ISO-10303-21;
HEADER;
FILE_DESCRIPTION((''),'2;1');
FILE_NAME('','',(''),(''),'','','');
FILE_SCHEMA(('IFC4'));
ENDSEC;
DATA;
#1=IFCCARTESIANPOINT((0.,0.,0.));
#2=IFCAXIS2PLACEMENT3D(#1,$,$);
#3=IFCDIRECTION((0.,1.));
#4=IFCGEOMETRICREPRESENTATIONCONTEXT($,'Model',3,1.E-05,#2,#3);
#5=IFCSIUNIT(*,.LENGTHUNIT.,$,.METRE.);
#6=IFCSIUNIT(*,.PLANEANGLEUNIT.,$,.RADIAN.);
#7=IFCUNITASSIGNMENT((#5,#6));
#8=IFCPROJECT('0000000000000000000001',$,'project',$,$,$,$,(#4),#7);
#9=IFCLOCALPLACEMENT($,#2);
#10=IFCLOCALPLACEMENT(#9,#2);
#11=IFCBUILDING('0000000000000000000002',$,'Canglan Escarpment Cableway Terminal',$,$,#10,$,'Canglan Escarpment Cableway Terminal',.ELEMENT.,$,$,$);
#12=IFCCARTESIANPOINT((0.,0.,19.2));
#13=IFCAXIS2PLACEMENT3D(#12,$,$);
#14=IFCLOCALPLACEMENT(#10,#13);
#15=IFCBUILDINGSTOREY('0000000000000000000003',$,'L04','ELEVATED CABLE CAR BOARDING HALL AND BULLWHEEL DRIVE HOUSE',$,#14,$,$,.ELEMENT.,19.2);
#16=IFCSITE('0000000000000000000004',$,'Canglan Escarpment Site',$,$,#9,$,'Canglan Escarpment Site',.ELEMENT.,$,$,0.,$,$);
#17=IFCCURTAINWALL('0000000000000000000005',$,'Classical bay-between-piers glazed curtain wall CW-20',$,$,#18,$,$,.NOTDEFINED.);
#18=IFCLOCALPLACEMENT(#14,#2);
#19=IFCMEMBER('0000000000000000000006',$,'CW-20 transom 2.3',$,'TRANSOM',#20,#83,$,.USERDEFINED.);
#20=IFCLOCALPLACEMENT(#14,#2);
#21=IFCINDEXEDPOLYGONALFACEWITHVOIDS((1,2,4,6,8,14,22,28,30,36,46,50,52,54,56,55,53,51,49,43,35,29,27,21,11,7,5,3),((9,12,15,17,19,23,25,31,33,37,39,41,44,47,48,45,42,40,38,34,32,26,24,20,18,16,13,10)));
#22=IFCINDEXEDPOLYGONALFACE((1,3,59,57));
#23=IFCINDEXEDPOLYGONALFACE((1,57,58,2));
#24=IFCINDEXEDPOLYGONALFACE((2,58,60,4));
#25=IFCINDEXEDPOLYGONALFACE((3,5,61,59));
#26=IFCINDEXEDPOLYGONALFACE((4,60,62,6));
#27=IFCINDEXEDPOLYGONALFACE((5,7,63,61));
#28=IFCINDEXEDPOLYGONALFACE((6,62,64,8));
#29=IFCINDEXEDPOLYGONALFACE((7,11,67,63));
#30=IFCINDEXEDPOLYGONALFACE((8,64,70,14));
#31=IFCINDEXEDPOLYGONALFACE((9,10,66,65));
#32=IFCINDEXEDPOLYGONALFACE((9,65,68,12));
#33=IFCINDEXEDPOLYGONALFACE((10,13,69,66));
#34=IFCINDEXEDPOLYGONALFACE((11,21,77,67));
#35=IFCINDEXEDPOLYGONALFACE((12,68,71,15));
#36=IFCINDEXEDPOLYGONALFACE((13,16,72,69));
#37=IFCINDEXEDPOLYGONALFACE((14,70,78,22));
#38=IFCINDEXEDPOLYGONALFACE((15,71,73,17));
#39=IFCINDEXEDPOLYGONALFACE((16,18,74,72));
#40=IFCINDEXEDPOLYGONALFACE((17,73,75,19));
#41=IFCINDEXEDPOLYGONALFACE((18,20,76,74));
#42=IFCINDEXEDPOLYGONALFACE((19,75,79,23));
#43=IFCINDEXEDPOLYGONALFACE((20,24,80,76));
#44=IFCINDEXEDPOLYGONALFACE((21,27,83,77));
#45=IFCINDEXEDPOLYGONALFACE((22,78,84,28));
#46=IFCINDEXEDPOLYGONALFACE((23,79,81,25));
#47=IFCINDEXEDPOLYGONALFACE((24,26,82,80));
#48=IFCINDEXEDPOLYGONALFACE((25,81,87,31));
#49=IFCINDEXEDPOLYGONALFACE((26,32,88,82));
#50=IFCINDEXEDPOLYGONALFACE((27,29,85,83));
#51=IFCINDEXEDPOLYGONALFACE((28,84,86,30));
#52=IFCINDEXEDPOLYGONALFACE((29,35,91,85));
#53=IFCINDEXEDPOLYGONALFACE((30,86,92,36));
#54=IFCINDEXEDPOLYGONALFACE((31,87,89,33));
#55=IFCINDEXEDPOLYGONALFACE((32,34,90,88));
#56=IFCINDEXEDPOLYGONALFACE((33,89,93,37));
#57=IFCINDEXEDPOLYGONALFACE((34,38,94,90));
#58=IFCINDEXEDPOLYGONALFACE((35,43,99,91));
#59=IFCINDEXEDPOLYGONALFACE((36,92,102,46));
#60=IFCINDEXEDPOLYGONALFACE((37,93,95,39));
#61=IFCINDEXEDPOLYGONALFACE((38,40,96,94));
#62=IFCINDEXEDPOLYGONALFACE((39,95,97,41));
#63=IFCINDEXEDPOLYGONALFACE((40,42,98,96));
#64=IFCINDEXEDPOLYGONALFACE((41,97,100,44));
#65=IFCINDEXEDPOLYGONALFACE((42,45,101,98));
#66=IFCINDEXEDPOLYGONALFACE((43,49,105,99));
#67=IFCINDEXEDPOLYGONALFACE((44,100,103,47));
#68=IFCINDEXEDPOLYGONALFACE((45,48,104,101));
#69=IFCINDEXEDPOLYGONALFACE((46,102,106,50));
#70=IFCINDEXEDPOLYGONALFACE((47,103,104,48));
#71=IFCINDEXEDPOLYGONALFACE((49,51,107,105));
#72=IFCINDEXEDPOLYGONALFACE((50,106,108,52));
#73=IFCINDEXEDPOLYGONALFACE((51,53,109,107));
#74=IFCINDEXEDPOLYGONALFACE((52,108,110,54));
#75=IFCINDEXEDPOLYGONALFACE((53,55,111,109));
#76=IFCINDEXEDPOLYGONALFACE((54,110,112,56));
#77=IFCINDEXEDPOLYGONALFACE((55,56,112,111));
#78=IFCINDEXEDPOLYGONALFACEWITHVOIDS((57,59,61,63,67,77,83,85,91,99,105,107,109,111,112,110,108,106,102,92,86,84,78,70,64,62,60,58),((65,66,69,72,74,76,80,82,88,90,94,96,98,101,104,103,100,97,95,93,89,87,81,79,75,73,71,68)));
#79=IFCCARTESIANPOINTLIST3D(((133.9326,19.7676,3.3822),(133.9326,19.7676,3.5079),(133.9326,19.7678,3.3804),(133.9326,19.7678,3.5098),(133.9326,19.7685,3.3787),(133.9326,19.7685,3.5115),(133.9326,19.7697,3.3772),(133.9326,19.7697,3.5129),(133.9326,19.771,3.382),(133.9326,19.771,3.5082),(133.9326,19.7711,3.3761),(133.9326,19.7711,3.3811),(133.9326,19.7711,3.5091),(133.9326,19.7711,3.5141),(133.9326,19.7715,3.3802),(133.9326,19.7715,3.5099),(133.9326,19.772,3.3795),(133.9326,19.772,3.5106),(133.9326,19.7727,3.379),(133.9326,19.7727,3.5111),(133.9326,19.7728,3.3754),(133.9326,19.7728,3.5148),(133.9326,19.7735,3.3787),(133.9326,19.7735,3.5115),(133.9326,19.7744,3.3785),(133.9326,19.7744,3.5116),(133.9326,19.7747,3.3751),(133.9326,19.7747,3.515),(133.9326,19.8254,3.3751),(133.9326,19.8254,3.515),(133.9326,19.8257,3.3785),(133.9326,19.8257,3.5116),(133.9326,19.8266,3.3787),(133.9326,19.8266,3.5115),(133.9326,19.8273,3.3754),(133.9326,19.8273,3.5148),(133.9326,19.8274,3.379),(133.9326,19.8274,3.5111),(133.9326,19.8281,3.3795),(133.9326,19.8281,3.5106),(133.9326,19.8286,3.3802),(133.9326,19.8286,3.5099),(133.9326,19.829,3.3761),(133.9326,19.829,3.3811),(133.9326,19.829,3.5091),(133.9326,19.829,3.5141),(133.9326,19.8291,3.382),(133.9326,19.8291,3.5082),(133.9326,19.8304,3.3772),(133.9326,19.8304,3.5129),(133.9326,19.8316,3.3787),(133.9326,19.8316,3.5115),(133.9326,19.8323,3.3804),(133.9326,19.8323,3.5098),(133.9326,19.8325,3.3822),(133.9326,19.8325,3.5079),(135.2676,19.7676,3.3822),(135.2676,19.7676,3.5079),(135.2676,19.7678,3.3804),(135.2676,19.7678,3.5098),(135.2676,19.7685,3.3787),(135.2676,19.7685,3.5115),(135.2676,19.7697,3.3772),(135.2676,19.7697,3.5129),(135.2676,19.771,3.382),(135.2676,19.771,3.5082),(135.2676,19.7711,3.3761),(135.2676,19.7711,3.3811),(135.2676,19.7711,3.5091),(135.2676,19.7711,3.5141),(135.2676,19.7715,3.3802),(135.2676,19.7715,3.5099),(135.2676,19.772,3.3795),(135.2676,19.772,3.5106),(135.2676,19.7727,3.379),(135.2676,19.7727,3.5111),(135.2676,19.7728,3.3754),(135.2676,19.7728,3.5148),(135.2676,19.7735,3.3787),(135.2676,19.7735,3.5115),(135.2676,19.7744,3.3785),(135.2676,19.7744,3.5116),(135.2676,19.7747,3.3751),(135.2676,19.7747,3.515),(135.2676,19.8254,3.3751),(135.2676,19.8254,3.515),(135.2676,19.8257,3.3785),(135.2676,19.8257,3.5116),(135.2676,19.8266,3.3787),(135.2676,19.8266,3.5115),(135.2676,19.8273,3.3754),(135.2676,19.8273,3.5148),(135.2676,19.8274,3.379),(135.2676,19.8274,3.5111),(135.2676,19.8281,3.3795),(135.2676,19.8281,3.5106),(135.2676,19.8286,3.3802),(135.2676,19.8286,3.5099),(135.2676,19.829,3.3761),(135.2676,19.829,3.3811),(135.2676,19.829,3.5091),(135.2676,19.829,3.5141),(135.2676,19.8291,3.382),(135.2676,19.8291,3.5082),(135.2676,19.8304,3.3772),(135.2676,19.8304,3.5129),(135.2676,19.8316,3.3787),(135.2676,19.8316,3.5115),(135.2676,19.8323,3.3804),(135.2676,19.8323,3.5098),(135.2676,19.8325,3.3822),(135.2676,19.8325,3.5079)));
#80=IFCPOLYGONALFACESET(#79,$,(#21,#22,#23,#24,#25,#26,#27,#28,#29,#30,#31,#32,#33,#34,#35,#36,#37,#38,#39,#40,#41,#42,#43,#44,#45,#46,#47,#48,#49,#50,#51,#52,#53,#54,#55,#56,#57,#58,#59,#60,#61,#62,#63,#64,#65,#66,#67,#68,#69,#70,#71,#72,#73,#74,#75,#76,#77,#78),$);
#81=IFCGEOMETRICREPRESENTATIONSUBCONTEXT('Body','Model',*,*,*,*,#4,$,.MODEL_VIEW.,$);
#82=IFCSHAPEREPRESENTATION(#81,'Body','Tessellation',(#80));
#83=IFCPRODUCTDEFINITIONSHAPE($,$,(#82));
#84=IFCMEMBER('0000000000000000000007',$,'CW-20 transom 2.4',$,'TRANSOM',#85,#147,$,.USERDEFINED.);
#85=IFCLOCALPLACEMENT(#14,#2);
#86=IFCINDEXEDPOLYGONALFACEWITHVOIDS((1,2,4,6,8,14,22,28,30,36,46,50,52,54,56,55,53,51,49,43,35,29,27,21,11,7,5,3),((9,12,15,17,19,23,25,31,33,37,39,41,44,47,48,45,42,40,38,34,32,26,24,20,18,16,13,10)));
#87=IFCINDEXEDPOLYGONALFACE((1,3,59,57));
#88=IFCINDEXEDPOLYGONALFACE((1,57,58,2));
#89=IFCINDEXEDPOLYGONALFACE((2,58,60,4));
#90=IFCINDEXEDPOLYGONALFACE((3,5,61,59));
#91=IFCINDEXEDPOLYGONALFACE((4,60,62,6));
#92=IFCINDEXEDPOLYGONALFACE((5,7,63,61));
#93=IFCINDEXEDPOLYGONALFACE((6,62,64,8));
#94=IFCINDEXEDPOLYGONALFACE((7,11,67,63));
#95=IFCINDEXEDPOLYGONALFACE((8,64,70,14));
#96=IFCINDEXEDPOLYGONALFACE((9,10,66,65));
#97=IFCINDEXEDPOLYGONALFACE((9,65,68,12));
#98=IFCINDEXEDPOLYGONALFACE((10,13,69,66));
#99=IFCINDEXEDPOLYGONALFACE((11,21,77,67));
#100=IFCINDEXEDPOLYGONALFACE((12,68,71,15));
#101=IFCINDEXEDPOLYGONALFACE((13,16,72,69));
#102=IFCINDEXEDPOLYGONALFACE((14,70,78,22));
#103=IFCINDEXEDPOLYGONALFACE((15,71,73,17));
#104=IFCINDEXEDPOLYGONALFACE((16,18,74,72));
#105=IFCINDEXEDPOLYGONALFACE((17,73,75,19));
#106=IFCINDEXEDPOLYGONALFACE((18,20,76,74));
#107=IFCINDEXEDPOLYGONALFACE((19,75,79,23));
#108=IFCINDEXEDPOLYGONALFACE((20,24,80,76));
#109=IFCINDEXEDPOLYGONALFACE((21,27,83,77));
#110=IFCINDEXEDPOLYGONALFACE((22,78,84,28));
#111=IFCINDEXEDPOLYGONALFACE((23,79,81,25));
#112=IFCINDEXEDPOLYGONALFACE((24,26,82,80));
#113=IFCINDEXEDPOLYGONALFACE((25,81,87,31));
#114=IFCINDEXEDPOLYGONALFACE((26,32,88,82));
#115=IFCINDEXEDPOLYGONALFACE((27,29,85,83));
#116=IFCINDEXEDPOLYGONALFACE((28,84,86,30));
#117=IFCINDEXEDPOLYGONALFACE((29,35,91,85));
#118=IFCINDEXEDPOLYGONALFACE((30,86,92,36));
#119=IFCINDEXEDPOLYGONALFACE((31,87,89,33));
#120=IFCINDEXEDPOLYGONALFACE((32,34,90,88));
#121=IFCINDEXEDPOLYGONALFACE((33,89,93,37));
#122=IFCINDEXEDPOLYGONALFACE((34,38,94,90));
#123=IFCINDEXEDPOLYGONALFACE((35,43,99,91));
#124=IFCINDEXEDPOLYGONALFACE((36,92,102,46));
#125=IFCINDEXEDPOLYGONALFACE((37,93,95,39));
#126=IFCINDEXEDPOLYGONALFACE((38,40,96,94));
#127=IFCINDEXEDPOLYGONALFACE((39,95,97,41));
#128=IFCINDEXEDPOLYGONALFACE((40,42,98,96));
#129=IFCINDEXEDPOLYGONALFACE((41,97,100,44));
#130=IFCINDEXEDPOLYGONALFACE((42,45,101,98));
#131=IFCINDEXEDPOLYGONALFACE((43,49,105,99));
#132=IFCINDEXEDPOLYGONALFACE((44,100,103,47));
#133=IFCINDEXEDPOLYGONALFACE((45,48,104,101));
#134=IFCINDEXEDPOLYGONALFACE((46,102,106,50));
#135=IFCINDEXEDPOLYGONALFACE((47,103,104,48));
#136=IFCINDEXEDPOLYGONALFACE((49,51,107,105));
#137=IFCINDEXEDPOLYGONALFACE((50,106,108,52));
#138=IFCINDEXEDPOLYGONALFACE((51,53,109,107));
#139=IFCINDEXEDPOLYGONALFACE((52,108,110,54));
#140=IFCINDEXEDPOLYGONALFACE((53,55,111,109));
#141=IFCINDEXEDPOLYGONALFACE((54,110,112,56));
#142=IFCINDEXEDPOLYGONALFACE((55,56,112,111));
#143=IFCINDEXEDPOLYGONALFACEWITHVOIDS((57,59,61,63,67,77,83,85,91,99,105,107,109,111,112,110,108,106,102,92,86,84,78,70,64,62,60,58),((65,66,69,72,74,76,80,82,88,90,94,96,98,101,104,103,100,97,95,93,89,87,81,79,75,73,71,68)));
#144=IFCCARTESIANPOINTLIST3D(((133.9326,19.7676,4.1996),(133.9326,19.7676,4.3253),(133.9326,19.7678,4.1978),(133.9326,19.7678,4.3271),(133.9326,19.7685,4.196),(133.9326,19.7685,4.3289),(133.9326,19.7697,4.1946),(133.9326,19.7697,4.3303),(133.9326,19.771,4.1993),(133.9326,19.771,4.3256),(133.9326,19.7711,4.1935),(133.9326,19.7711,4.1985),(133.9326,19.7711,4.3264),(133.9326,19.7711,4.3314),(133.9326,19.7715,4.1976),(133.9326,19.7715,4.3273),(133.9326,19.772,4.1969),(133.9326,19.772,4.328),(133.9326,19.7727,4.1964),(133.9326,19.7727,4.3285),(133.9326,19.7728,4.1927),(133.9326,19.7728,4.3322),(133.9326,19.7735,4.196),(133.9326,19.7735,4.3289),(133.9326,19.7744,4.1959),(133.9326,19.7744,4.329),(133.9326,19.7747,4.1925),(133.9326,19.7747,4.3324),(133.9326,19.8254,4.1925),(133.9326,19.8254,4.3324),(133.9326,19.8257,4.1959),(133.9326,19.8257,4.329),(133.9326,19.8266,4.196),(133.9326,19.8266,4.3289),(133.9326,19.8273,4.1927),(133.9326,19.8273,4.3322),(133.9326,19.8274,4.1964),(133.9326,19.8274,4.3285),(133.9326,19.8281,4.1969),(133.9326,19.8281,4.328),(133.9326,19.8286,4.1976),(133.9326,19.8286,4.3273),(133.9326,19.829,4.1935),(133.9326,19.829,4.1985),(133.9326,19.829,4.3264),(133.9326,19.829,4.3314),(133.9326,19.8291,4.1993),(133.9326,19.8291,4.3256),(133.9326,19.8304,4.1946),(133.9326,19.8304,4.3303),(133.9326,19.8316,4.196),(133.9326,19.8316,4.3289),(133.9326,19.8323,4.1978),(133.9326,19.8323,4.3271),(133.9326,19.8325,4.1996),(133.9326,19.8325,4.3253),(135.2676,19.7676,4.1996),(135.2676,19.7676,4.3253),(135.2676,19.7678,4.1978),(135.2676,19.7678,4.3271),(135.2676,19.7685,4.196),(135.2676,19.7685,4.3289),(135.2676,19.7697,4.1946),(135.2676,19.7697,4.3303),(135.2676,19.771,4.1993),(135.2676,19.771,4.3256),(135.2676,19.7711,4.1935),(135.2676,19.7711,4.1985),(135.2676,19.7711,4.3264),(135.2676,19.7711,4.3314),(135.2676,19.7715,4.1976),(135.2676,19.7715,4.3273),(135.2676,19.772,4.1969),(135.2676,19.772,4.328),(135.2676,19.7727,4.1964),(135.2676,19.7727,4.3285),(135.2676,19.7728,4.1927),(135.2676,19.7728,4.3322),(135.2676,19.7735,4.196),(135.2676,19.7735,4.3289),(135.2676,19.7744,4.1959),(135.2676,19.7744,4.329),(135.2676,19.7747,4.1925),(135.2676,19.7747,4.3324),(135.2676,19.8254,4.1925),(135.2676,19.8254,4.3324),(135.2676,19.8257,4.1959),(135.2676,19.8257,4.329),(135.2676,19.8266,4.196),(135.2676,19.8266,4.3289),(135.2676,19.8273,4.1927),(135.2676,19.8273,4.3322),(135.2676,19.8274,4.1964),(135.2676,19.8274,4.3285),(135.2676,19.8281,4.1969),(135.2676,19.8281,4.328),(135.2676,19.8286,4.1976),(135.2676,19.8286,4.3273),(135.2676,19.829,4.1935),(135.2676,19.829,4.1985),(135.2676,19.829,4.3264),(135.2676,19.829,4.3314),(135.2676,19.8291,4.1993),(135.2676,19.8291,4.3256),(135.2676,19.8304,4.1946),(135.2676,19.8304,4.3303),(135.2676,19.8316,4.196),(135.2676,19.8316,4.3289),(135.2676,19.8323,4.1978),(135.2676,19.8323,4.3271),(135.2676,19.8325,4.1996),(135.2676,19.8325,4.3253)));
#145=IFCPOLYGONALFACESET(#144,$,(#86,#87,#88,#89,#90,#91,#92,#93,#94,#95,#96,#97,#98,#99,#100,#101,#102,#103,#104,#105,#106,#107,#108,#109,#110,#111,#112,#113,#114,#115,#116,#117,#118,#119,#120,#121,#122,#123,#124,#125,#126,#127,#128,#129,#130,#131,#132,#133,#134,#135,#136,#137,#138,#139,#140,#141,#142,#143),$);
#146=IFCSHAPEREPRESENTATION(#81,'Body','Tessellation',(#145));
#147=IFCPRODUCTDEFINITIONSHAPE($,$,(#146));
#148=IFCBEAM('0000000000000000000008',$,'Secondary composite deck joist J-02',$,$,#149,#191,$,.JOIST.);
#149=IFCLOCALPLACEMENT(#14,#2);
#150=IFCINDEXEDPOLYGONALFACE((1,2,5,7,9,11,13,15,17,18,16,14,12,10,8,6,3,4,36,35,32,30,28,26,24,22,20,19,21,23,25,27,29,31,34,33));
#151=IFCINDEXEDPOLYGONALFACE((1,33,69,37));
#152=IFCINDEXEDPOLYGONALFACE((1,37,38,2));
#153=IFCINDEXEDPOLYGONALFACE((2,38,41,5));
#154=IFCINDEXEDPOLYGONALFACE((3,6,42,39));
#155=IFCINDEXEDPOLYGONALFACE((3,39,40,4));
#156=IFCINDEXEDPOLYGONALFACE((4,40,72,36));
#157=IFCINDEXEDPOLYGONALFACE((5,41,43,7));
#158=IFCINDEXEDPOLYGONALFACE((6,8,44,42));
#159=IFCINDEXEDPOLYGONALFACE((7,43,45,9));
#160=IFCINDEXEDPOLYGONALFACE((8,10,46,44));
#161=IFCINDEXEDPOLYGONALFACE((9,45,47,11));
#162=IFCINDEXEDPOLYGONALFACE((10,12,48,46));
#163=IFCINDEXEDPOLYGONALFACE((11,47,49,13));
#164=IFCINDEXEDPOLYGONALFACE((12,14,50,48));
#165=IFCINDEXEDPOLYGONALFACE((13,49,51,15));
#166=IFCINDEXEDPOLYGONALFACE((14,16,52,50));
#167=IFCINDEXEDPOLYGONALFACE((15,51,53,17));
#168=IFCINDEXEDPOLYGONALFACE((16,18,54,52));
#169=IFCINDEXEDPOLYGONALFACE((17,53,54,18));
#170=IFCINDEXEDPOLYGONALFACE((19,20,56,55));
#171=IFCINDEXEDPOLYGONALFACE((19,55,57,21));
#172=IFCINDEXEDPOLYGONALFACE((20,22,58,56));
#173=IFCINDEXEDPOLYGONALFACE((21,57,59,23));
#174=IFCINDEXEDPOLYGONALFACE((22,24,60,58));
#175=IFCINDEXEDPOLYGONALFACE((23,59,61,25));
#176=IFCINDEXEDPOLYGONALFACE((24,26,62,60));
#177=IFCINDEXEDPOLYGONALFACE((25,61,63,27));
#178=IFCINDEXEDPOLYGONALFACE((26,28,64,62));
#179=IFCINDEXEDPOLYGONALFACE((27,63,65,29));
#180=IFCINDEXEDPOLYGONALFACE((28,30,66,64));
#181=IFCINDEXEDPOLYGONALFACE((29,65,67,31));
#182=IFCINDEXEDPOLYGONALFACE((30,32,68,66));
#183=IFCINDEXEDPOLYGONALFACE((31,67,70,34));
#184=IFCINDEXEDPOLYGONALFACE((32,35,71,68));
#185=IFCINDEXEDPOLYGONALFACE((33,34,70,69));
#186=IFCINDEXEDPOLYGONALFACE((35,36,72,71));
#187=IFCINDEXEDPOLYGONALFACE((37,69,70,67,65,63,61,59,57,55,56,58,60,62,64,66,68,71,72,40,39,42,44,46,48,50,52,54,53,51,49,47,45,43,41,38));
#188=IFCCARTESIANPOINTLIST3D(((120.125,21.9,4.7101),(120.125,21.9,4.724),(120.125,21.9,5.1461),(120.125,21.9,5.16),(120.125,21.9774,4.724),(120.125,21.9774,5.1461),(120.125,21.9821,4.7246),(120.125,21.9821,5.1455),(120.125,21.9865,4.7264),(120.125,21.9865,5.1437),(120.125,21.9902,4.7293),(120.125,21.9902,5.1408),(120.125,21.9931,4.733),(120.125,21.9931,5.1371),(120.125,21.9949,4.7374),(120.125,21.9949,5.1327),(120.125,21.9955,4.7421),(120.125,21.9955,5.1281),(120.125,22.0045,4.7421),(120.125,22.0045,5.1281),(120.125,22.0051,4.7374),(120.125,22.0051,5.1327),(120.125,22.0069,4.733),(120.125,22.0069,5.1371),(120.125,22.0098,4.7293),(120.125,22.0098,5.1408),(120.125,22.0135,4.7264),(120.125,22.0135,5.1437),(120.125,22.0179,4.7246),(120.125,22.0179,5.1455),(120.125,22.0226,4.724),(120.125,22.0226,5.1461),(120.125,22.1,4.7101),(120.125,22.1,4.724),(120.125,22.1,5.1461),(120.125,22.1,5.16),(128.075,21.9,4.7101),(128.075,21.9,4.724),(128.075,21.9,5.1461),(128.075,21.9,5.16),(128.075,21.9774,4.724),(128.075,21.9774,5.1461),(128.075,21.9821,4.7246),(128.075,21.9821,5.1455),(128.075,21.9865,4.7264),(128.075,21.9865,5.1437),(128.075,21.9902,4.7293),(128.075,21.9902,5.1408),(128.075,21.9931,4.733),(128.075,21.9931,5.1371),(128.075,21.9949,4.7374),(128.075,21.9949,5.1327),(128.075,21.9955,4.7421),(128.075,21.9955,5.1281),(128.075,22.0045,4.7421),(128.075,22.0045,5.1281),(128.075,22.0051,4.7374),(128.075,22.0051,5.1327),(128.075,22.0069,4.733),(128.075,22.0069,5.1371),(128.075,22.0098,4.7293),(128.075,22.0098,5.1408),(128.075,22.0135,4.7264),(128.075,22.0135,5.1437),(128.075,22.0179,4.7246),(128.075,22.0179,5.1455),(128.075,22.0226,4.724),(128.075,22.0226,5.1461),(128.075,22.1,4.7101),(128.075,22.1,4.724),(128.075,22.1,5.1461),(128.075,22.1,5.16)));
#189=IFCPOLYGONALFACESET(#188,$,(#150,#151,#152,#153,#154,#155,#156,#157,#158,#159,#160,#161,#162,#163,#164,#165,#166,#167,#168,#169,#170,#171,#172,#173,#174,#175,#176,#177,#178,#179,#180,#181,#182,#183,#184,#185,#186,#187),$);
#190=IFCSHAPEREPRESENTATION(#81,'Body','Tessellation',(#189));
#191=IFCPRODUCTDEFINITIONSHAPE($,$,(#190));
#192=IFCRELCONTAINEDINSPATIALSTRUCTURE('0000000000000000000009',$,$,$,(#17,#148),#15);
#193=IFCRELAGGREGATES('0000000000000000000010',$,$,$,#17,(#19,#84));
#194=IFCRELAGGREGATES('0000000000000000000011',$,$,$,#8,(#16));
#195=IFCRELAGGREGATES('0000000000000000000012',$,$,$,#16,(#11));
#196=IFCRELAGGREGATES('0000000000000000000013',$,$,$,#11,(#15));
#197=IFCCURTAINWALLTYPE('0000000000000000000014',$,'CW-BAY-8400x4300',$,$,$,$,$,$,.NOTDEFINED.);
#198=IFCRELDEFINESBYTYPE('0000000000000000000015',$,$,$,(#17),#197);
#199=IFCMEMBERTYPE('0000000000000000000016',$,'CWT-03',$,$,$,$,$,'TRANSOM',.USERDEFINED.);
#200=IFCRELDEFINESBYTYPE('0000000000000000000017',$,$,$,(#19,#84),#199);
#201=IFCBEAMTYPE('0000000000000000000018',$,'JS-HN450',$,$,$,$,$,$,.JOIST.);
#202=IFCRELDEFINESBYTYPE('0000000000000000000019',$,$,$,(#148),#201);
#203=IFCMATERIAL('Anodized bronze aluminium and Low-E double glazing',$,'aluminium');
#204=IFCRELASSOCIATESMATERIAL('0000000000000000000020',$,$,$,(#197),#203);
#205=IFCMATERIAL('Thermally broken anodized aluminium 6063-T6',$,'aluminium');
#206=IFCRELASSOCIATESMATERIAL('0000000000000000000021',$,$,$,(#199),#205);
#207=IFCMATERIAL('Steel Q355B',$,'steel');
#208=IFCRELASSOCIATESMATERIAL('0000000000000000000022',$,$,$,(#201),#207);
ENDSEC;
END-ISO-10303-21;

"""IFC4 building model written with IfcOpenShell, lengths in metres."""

from ifc_helpers import new_model, si_unit, direction, frame, origin, origin_2d, place, context, subcontext, project, spatial, hollow_rectangle, i_section, extrude, material, material_profile, profile_set, type_object, element, aggregate, save


model = new_model("IFC4")

# Units and contexts
model_context = context("Model", 3, precision=1e-05, world=origin(), true_north=direction((0.0, 1.0)))
body_context = subcontext(model_context, "Body", "Model", "MODEL_VIEW")
ifc_project = project(units=[si_unit("LENGTHUNIT", "METRE"), si_unit("PLANEANGLEUNIT", "RADIAN")], contexts=[model_context])

# Site, building, storey
site_placement = place(None, origin())
site = spatial("IfcSite", under=ifc_project, at=site_placement, Name="Canglan Escarpment Site", LongName="Canglan Escarpment Site", CompositionType="ELEMENT", RefElevation=0.0)
building_placement = place(site_placement, origin())
building = spatial("IfcBuilding", under=site, at=building_placement, Name="Canglan Escarpment Cableway Terminal", LongName="Canglan Escarpment Cableway Terminal", CompositionType="ELEMENT")
storey_placement = place(building_placement, frame((0.0, 0.0, 19.2)))
storey = spatial("IfcBuildingStorey", under=building, at=storey_placement, Name="L04", Description="ELEVATED CABLE CAR BOARDING HALL AND BULLWHEEL DRIVE HOUSE", CompositionType="ELEMENT", Elevation=19.2)

# Curtain wall, members
ifc_material_1 = material(Name="Anodized bronze aluminium and Low-E double glazing", Category="aluminium")
curtain_wall_type = type_object("IfcCurtainWallType", Name="CW-BAY-8400x4300", PredefinedType="NOTDEFINED", material=ifc_material_1)
curtain_wall_placement = place(storey_placement, origin())
curtain_wall = element("IfcCurtainWall", 1, at=curtain_wall_placement, inside=storey, type_object=curtain_wall_type, Name="Classical bay-between-piers glazed curtain wall CW-20", PredefinedType="NOTDEFINED")
ifc_material_2 = material(Name="Thermally broken anodized aluminium 6063-T6", Category="aluminium")
ifc_material_profile_1 = material_profile(ifc_material_2, hollow_rectangle(XDim=0.0649, YDim=0.1399, WallThickness=0.0034, InnerFilletRadius=0.0034, OuterFilletRadius=0.0071, at=origin_2d()), Name="ALU-TRAN 65x140x3.5")
ifc_profile_set_1 = profile_set([ifc_material_profile_1], Name="Thermally broken anodized aluminium 6063-T6")
member_type_1 = type_object("IfcMemberType", Name="CWT-03", ElementType="TRANSOM", PredefinedType="USERDEFINED", material=ifc_profile_set_1)
member_1_placement = place(storey_placement, frame((135.2676, 19.8, 3.4451), z_axis=(-1.0, 0.0, 0.0), x_axis=(0.0, -1.0, 0.0)))
member_1 = element("IfcMember", 2, at=member_1_placement, type_object=member_type_1, Name="CW-20 transom 2.3", ObjectType="TRANSOM", PredefinedType="USERDEFINED", context=body_context, shape_type="SweptSolid", body=[
    extrude(hollow_rectangle(XDim=0.0649, YDim=0.1399, WallThickness=0.0034, InnerFilletRadius=0.0034, OuterFilletRadius=0.0071, at=origin_2d()), origin(), (0.0, 0.0, 1.0), 1.335),
])
member_2_placement = place(storey_placement, frame((135.2676, 19.8, 4.2625), z_axis=(-1.0, 0.0, 0.0), x_axis=(0.0, -1.0, 0.0)))
member_2 = element("IfcMember", 3, at=member_2_placement, type_object=member_type_1, Name="CW-20 transom 2.4", ObjectType="TRANSOM", PredefinedType="USERDEFINED", context=body_context, shape_type="SweptSolid", body=[
    extrude(hollow_rectangle(XDim=0.0649, YDim=0.1399, WallThickness=0.0034, InnerFilletRadius=0.0034, OuterFilletRadius=0.0071, at=origin_2d()), origin(), (0.0, 0.0, 1.0), 1.335),
])

# Beam
ifc_material_3 = material(Name="Steel Q355B", Category="steel")
ifc_material_profile_2 = material_profile(ifc_material_3, i_section(OverallWidth=0.2, OverallDepth=0.45, WebThickness=0.009, FlangeThickness=0.0139, FilletRadius=0.0181, at=origin_2d()), Name="HN 450x200x9x14")
ifc_profile_set_2 = profile_set([ifc_material_profile_2], Name="Steel Q355B")
beam_type_1 = type_object("IfcBeamType", Name="JS-HN450", PredefinedType="JOIST", material=ifc_profile_set_2)
beam_1_placement = place(storey_placement, frame((120.125, 22.0, 4.9351), z_axis=(1.0, 0.0, 0.0), x_axis=(0.0, 1.0, 0.0)))
element("IfcBeam", 4, at=beam_1_placement, inside=storey, type_object=beam_type_1, Name="Secondary composite deck joist J-02", PredefinedType="JOIST", context=body_context, shape_type="SweptSolid", body=[
    extrude(i_section(OverallWidth=0.2, OverallDepth=0.45, WebThickness=0.009, FlangeThickness=0.0139, FilletRadius=0.0181, at=origin_2d()), origin(), (0.0, 0.0, 1.0), 7.95),
])

aggregate(curtain_wall, [member_1, member_2])

save(model, "model.ifc")
